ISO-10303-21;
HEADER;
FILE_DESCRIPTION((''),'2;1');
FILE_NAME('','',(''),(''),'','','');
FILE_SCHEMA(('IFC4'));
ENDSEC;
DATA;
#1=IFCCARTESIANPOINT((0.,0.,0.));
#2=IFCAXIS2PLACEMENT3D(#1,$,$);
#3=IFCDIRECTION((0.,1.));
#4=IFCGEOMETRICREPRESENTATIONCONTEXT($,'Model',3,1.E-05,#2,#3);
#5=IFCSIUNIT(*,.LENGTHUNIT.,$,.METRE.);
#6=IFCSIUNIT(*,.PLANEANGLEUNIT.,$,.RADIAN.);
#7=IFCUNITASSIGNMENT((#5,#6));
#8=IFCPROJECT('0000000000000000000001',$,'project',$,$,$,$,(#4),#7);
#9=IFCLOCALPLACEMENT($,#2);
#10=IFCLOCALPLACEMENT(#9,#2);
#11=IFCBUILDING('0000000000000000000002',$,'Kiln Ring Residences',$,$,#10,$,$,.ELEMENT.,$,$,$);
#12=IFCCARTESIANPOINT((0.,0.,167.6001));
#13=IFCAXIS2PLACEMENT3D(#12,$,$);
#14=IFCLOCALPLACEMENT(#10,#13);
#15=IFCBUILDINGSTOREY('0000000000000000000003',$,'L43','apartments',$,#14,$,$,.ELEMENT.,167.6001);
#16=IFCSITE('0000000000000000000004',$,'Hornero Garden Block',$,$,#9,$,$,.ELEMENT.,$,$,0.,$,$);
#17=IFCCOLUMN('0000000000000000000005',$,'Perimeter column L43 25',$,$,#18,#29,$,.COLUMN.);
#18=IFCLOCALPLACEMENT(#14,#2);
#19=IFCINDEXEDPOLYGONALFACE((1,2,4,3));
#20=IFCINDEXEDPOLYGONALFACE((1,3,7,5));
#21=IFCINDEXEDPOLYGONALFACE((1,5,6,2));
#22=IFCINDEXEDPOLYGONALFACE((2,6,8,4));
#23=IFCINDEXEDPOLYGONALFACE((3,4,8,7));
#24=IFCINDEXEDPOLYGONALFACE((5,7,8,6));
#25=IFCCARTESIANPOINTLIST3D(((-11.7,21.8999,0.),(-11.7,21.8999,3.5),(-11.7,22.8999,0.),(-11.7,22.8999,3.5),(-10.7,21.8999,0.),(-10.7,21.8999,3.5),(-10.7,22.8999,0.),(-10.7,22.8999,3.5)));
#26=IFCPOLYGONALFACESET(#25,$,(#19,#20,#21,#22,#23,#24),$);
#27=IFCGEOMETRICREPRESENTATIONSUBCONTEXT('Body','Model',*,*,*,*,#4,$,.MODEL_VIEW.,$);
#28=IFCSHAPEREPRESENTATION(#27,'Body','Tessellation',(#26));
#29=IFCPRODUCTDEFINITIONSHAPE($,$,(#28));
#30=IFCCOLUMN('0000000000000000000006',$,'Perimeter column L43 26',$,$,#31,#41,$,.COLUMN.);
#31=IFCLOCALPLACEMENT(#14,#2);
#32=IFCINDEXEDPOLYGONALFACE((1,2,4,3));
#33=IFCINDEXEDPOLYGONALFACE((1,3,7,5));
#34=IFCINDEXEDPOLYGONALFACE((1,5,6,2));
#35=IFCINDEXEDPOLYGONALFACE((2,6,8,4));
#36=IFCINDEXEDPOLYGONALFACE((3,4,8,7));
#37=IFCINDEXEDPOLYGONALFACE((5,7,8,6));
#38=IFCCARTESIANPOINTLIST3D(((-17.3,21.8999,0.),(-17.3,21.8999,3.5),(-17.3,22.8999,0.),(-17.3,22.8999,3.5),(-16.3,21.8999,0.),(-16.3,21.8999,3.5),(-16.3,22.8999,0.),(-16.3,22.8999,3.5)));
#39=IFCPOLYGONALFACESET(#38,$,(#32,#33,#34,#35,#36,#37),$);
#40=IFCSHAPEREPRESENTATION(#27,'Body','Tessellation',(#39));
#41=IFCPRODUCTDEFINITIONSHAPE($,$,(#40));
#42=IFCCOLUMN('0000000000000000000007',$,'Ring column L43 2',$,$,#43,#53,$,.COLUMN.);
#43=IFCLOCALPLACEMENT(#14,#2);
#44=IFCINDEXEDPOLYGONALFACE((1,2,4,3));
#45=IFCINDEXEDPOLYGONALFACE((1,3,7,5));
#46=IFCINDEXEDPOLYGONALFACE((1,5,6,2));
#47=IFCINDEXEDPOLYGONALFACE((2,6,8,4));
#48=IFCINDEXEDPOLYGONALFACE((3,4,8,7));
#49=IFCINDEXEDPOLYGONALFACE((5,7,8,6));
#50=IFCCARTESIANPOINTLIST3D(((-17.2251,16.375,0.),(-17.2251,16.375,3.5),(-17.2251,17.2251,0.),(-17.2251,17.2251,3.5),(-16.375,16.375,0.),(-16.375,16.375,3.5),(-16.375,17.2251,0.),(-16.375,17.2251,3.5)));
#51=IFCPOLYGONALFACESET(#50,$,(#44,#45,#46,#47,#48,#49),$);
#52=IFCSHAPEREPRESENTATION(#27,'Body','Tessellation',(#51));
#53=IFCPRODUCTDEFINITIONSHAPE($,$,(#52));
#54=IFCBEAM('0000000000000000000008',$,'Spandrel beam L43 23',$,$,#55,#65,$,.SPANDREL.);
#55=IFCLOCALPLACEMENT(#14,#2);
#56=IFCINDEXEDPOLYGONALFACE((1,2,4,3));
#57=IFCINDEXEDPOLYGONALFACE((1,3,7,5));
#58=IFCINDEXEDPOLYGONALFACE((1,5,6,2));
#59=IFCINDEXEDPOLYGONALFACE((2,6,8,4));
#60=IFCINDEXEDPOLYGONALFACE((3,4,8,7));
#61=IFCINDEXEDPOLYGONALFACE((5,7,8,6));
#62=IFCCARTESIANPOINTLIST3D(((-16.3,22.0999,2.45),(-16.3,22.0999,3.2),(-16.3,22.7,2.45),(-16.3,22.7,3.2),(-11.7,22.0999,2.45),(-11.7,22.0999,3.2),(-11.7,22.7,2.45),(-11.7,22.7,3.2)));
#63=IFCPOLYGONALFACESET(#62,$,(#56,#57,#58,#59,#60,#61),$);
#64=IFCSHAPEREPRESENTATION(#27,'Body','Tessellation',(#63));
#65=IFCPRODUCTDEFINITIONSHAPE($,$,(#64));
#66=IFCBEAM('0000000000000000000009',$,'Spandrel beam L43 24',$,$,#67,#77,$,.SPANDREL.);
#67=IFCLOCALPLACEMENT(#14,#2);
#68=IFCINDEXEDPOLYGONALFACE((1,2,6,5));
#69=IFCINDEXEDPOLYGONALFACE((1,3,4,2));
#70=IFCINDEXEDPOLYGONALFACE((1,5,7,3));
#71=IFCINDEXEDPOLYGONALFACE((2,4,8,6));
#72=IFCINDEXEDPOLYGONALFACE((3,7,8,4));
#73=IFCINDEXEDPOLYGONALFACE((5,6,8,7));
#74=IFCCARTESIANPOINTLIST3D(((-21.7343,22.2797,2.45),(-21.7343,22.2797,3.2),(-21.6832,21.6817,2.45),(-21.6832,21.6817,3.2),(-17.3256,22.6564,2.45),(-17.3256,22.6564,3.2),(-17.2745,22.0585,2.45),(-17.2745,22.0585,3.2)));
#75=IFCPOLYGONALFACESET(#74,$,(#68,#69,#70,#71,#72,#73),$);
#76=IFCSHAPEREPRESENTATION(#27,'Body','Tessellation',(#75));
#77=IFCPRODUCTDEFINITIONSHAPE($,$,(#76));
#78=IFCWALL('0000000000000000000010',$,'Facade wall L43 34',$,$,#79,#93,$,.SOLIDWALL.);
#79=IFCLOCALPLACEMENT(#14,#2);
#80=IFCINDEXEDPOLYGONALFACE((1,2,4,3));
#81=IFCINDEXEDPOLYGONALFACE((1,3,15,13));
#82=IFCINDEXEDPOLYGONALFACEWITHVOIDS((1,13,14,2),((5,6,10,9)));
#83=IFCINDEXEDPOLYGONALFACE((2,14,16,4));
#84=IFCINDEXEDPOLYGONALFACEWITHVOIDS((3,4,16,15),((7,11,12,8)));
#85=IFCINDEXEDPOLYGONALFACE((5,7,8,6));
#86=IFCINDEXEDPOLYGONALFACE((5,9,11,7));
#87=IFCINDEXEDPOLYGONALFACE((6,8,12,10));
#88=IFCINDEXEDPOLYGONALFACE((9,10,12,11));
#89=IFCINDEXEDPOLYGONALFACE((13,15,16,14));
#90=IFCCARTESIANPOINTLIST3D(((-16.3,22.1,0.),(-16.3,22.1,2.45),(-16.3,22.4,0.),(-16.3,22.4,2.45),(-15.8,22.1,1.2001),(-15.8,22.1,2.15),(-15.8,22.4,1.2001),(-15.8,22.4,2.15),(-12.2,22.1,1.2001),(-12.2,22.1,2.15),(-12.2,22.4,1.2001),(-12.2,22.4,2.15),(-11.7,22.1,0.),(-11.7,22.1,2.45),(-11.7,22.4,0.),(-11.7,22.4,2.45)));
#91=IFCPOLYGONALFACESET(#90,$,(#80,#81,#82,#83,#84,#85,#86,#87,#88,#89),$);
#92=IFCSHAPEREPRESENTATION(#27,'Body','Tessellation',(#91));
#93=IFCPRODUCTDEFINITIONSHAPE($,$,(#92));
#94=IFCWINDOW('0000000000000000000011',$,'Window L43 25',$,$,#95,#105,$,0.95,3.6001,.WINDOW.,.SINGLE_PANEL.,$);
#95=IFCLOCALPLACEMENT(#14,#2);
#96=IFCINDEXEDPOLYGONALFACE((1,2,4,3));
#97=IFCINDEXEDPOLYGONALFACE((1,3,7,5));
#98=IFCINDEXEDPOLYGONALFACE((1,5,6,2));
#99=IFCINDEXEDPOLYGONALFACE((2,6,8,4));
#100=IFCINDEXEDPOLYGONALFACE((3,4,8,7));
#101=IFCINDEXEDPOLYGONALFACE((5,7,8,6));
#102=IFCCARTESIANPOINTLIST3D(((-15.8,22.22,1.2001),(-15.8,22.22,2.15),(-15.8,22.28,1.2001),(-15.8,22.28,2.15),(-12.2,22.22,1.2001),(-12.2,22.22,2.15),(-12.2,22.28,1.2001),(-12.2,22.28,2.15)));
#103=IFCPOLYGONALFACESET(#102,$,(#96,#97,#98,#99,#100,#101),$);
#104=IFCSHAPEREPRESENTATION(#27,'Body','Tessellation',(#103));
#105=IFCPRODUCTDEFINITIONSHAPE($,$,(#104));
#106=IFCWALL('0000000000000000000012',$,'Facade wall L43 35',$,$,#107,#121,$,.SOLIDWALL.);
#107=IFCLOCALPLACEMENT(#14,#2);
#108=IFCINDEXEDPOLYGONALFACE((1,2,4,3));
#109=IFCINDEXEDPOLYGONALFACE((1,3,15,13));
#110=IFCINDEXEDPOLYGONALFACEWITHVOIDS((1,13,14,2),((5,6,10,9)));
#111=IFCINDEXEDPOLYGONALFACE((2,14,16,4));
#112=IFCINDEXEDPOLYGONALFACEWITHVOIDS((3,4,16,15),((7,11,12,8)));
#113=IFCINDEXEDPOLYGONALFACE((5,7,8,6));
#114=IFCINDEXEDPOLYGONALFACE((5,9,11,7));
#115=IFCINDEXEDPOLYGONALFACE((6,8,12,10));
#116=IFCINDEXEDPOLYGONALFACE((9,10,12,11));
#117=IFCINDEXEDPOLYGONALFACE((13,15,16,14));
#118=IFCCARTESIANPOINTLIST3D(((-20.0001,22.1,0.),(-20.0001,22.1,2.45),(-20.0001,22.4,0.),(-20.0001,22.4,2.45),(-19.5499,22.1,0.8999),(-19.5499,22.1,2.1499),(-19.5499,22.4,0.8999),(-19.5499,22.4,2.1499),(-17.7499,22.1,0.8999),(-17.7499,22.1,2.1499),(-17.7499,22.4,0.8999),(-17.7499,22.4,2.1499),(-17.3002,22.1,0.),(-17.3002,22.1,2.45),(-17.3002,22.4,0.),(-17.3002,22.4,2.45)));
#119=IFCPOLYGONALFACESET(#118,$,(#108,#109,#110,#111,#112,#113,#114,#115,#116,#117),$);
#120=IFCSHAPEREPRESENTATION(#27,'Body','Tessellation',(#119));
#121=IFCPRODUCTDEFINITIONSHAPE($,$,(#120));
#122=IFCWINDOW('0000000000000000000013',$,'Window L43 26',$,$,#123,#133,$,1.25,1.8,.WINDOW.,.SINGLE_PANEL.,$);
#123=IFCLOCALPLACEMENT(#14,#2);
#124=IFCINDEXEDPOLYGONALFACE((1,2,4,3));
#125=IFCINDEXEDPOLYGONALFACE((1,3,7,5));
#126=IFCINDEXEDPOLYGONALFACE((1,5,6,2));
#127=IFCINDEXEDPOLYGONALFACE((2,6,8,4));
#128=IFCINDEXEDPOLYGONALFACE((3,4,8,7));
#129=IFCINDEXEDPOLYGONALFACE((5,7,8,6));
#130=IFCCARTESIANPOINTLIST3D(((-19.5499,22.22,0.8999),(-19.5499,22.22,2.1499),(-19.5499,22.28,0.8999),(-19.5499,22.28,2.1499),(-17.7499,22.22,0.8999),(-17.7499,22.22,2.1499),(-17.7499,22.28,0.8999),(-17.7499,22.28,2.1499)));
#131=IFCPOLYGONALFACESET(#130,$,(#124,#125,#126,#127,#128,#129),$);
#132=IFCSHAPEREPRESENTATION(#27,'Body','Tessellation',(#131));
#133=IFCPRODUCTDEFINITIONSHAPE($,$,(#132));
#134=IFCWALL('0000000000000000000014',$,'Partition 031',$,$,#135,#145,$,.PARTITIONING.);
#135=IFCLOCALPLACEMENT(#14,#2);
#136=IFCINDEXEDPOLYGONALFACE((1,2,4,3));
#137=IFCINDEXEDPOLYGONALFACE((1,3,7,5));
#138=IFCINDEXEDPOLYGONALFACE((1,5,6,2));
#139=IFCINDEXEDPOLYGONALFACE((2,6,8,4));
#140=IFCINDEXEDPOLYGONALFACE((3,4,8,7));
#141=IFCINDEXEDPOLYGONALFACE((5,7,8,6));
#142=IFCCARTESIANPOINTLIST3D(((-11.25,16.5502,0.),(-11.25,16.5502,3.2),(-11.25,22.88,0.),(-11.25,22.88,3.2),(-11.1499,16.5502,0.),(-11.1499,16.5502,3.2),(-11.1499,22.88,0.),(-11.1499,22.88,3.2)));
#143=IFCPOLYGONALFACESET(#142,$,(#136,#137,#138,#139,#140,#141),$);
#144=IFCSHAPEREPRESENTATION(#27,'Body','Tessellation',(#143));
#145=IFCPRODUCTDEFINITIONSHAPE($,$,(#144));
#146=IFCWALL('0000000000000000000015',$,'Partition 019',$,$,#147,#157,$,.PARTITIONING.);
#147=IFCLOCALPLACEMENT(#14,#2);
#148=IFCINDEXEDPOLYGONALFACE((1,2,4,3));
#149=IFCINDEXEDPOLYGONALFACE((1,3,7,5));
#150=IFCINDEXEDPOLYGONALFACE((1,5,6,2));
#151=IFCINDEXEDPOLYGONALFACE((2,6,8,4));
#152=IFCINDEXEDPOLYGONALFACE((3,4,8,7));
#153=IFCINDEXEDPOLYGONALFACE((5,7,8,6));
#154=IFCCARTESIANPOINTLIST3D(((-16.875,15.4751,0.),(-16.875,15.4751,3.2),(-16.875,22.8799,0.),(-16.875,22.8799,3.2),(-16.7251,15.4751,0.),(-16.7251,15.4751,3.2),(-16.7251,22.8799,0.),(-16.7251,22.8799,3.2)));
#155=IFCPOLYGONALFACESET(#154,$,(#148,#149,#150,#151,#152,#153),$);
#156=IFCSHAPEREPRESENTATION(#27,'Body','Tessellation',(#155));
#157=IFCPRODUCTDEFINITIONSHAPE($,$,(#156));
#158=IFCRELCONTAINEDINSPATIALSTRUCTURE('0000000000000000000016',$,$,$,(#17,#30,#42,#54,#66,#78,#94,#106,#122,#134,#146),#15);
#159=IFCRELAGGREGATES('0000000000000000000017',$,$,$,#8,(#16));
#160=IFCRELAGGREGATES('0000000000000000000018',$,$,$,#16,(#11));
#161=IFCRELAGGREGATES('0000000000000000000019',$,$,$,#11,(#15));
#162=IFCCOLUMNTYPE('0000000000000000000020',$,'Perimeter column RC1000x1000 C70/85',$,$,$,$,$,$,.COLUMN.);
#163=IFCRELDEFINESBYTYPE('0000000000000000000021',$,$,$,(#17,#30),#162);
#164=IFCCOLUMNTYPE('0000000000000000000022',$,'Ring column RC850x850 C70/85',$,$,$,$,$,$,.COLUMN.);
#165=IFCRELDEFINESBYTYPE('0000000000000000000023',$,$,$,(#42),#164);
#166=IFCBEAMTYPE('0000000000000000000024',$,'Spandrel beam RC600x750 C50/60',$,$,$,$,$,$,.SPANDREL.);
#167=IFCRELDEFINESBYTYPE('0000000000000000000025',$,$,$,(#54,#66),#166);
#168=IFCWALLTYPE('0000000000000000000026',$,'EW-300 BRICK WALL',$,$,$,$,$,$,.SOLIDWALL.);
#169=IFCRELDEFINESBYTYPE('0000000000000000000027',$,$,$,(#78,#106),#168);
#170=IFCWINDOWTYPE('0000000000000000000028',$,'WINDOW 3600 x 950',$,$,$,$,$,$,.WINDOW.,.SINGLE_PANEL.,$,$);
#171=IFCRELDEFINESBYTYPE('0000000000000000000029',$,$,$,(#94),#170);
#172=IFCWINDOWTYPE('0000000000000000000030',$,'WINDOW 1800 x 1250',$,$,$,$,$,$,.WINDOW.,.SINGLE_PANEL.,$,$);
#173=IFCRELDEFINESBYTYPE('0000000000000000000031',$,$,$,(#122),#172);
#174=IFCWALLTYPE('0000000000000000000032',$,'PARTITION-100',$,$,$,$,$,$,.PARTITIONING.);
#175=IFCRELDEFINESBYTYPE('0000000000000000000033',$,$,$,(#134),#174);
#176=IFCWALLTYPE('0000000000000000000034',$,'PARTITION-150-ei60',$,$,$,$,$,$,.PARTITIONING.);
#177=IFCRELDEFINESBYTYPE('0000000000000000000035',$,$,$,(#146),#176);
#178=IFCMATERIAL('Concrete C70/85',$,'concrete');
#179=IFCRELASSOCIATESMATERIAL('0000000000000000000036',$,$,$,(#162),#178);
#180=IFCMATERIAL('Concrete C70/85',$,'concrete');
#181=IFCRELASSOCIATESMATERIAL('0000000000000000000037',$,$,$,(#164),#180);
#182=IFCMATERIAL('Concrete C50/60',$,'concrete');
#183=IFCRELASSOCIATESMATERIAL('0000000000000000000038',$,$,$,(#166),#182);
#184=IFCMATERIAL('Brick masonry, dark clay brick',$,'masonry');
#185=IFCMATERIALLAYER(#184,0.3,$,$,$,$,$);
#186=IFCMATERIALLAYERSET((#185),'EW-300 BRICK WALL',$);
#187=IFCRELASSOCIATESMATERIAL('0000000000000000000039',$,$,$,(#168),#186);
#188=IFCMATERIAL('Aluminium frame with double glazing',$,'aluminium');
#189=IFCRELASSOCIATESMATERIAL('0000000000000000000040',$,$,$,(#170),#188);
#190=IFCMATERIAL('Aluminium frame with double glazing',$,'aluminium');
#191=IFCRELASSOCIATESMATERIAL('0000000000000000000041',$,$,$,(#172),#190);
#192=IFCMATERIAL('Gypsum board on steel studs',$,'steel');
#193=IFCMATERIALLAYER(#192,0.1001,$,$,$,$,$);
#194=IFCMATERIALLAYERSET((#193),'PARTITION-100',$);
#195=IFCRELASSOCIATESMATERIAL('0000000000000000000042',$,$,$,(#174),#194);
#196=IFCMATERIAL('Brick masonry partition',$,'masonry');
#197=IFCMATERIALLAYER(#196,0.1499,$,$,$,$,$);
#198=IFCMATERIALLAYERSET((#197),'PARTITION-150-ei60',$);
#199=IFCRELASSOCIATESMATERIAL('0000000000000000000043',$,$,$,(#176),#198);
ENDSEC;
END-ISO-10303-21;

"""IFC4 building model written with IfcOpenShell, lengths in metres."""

from ifc_helpers import new_model, si_unit, direction, frame, frame_2d, origin, origin_2d, place, context, subcontext, project, spatial, rectangle, extrude, material, layer, layer_set, material_profile, profile_set, type_object, element, fill, save


model = new_model("IFC4")

# Units and contexts
model_context = context("Model", 3, precision=1e-05, world=origin(), true_north=direction((0.0, 1.0)))
body_context = subcontext(model_context, "Body", "Model", "MODEL_VIEW")
ifc_project = project(units=[si_unit("LENGTHUNIT", "METRE"), si_unit("PLANEANGLEUNIT", "RADIAN")], contexts=[model_context])

# Site, building, storey
site_placement = place(None, origin())
site = spatial("IfcSite", under=ifc_project, at=site_placement, Name="Hornero Garden Block", CompositionType="ELEMENT", RefElevation=0.0)
building_placement = place(site_placement, origin())
building = spatial("IfcBuilding", under=site, at=building_placement, Name="Kiln Ring Residences", CompositionType="ELEMENT")
storey_placement = place(building_placement, frame((0.0, 0.0, 167.6001)))
storey = spatial("IfcBuildingStorey", under=building, at=storey_placement, Name="L43", Description="apartments", CompositionType="ELEMENT", Elevation=167.6001)

# Columns
ifc_material_1 = material(Name="Concrete C70/85", Category="concrete")
ifc_material_profile_1 = material_profile(ifc_material_1, rectangle(XDim=1.0, YDim=1.0, at=origin_2d()), Name="RC1000x1000")
ifc_profile_set_1 = profile_set([ifc_material_profile_1], Name="Concrete C70/85")
column_type_1 = type_object("IfcColumnType", Name="Perimeter column RC1000x1000 C70/85", PredefinedType="COLUMN", material=ifc_profile_set_1)
for number, where, z_axis, x_axis, name in (
    (1, (-11.2, 22.3999, 0.0), (0.0, 0.0, 1.0), (1.0, 0.0, 0.0), "Perimeter column L43 25"),
    (2, (-16.8, 22.3999, 0.0), (0.0, 0.0, 1.0), (1.0, 0.0, 0.0), "Perimeter column L43 26"),
):
    element("IfcColumn", number, at=place(storey_placement, frame(where, z_axis=z_axis, x_axis=x_axis)), inside=storey, type_object=column_type_1, Name=name, PredefinedType="COLUMN", context=body_context, shape_type="SweptSolid", body=[
        extrude(rectangle(XDim=1.0, YDim=1.0, at=origin_2d()), origin(), (0.0, 0.0, 1.0), 3.5),
    ])
ifc_material_2 = material(Name="Concrete C70/85", Category="concrete")
ifc_material_profile_2 = material_profile(ifc_material_2, rectangle(XDim=0.8501, YDim=0.8501, at=origin_2d()), Name="RC850x850")
ifc_profile_set_2 = profile_set([ifc_material_profile_2], Name="Concrete C70/85")
column_type_2 = type_object("IfcColumnType", Name="Ring column RC850x850 C70/85", PredefinedType="COLUMN", material=ifc_profile_set_2)
column_placement = place(storey_placement, frame((-16.8, 16.8, 0.0), z_axis=(0.0, 0.0, 1.0), x_axis=(1.0, 0.0, 0.0)))
element("IfcColumn", 3, at=column_placement, inside=storey, type_object=column_type_2, Name="Ring column L43 2", PredefinedType="COLUMN", context=body_context, shape_type="SweptSolid", body=[
    extrude(rectangle(XDim=0.8501, YDim=0.8501, at=origin_2d()), origin(), (0.0, 0.0, 1.0), 3.5),
])

# Beams
ifc_material_3 = material(Name="Concrete C50/60", Category="concrete")
ifc_material_profile_3 = material_profile(ifc_material_3, rectangle(XDim=0.6001, YDim=0.75, at=origin_2d()), Name="RC600x750")
ifc_profile_set_3 = profile_set([ifc_material_profile_3], Name="Concrete C50/60")
beam_type = type_object("IfcBeamType", Name="Spandrel beam RC600x750 C50/60", PredefinedType="SPANDREL", material=ifc_profile_set_3)
beam_1_placement = place(storey_placement, frame((-11.7, 22.3999, 2.825), z_axis=(-1.0, 0.0, 0.0), x_axis=(0.0, -1.0, 0.0)))
element("IfcBeam", 4, at=beam_1_placement, inside=storey, type_object=beam_type, Name="Spandrel beam L43 23", PredefinedType="SPANDREL", context=body_context, shape_type="SweptSolid", body=[
    extrude(rectangle(XDim=0.6001, YDim=0.75, at=origin_2d()), origin(), (0.0, 0.0, 1.0), 4.6001),
])
beam_2_placement = place(storey_placement, frame((-17.3, 22.3574, 2.825), z_axis=(-0.996369, -0.085137, 0.0), x_axis=(0.085137, -0.996369, 0.0)))
element("IfcBeam", 5, at=beam_2_placement, inside=storey, type_object=beam_type, Name="Spandrel beam L43 24", PredefinedType="SPANDREL", context=body_context, shape_type="SweptSolid", body=[
    extrude(rectangle(XDim=0.6001, YDim=0.75, at=origin_2d()), origin(), (0.0, 0.0, 1.0), 4.4248),
])

# Walls, openings, windows
ifc_material_4 = material(Name="Brick masonry, dark clay brick", Category="masonry")
ifc_layer_1 = layer(ifc_material_4, 0.3)
ifc_layer_set_1 = layer_set([ifc_layer_1], Name="EW-300 BRICK WALL")
wall_type_1 = type_object("IfcWallType", Name="EW-300 BRICK WALL", PredefinedType="SOLIDWALL", material=ifc_layer_set_1)
wall_1_placement = place(storey_placement, frame((-11.7, 22.25, 0.0), z_axis=(0.0, 0.0, 1.0), x_axis=(-1.0, 0.0, 0.0)))
wall_1 = element("IfcWall", 6, at=wall_1_placement, inside=storey, type_object=wall_type_1, Name="Facade wall L43 34", PredefinedType="SOLIDWALL", context=body_context, shape_type="SweptSolid", body=[
    extrude(rectangle(XDim=4.6001, YDim=0.3, at=frame_2d((2.3, 0.0))), origin(), (0.0, 0.0, 1.0), 2.45),
])
opening_1_placement = place(wall_1_placement, frame((0.5, 0.0, 1.2)))
opening_1 = element("IfcOpeningElement", 7, at=opening_1_placement, cuts=wall_1, PredefinedType="OPENING", context=body_context, shape_type="SweptSolid", body=[
    extrude(rectangle(XDim=3.6001, YDim=0.95, at=frame_2d((1.8, 0.4751))), frame((0.0, 0.1599, 0.0), z_axis=(0.0, -1.0, 0.0), x_axis=(1.0, 0.0, 0.0)), (0.0, 0.0, 1.0), 0.3201),
])
ifc_material_5 = material(Name="Aluminium frame with double glazing", Category="aluminium")
window_type_1 = type_object("IfcWindowType", Name="WINDOW 3600 x 950", PartitioningType="SINGLE_PANEL", PredefinedType="WINDOW", material=ifc_material_5)
window_1_placement = place(opening_1_placement, origin())
window_1 = element("IfcWindow", 8, at=window_1_placement, inside=storey, type_object=window_type_1, Name="Window L43 25", OverallHeight=0.95, OverallWidth=3.6001, PartitioningType="SINGLE_PANEL", PredefinedType="WINDOW", context=body_context, shape_type="SweptSolid", body=[
    extrude(rectangle(XDim=3.6001, YDim=0.95, at=frame_2d((1.8, 0.4751))), frame((0.0, 0.03, 0.0), z_axis=(0.0, -1.0, 0.0), x_axis=(1.0, 0.0, 0.0)), (0.0, 0.0, 1.0), 0.0601),
])
fill(opening_1, window_1)
wall_2_placement = place(storey_placement, frame((-17.3, 22.25, 0.0), z_axis=(0.0, 0.0, 1.0), x_axis=(-1.0, 0.0, 0.0)))
wall_2 = element("IfcWall", 9, at=wall_2_placement, inside=storey, type_object=wall_type_1, Name="Facade wall L43 35", PredefinedType="SOLIDWALL", context=body_context, shape_type="SweptSolid", body=[
    extrude(rectangle(XDim=2.7, YDim=0.3, at=frame_2d((1.3501, 0.0))), origin(), (0.0, 0.0, 1.0), 2.45),
])
opening_2_placement = place(wall_2_placement, frame((0.45, 0.0, 0.8999)))
opening_2 = element("IfcOpeningElement", 10, at=opening_2_placement, cuts=wall_2, PredefinedType="OPENING", context=body_context, shape_type="SweptSolid", body=[
    extrude(rectangle(XDim=1.8, YDim=1.25, at=frame_2d((0.8999, 0.625))), frame((0.0, 0.1599, 0.0), z_axis=(0.0, -1.0, 0.0), x_axis=(1.0, 0.0, 0.0)), (0.0, 0.0, 1.0), 0.3201),
])
ifc_material_6 = material(Name="Aluminium frame with double glazing", Category="aluminium")
window_type_2 = type_object("IfcWindowType", Name="WINDOW 1800 x 1250", PartitioningType="SINGLE_PANEL", PredefinedType="WINDOW", material=ifc_material_6)
window_2_placement = place(opening_2_placement, origin())
window_2 = element("IfcWindow", 11, at=window_2_placement, inside=storey, type_object=window_type_2, Name="Window L43 26", OverallHeight=1.25, OverallWidth=1.8, PartitioningType="SINGLE_PANEL", PredefinedType="WINDOW", context=body_context, shape_type="SweptSolid", body=[
    extrude(rectangle(XDim=1.8, YDim=1.25, at=frame_2d((0.8999, 0.625))), frame((0.0, 0.03, 0.0), z_axis=(0.0, -1.0, 0.0), x_axis=(1.0, 0.0, 0.0)), (0.0, 0.0, 1.0), 0.0601),
])
fill(opening_2, window_2)

# Shared definitions
ifc_material_7 = material(Name="Gypsum board on steel studs", Category="steel")
ifc_layer_2 = layer(ifc_material_7, 0.1001)
ifc_layer_set_2 = layer_set([ifc_layer_2], Name="PARTITION-100")
wall_type_2 = type_object("IfcWallType", Name="PARTITION-100", PredefinedType="PARTITIONING", material=ifc_layer_set_2)

# Walls
wall_3_placement = place(storey_placement, frame((-11.2, 16.55, 0.0), z_axis=(0.0, 0.0, 1.0), x_axis=(0.0, 1.0, 0.0)))
element("IfcWall", 12, at=wall_3_placement, inside=storey, type_object=wall_type_2, Name="Partition 031", PredefinedType="PARTITIONING", context=body_context, shape_type="SweptSolid", body=[
    extrude(rectangle(XDim=6.3298, YDim=0.1001, at=frame_2d((3.165, 0.0))), origin(), (0.0, 0.0, 1.0), 3.2),
])
ifc_material_8 = material(Name="Brick masonry partition", Category="masonry")
ifc_layer_3 = layer(ifc_material_8, 0.1499)
ifc_layer_set_3 = layer_set([ifc_layer_3], Name="PARTITION-150-ei60")
wall_type_3 = type_object("IfcWallType", Name="PARTITION-150-ei60", PredefinedType="PARTITIONING", material=ifc_layer_set_3)
wall_4_placement = place(storey_placement, frame((-16.8, 15.4751, 0.0), z_axis=(0.0, 0.0, 1.0), x_axis=(0.0, 1.0, 0.0)))
element("IfcWall", 13, at=wall_4_placement, inside=storey, type_object=wall_type_3, Name="Partition 019", PredefinedType="PARTITIONING", context=body_context, shape_type="SweptSolid", body=[
    extrude(rectangle(XDim=7.4048, YDim=0.1499, at=frame_2d((3.7024, 0.0))), origin(), (0.0, 0.0, 1.0), 3.2),
])

save(model, "model.ifc")
